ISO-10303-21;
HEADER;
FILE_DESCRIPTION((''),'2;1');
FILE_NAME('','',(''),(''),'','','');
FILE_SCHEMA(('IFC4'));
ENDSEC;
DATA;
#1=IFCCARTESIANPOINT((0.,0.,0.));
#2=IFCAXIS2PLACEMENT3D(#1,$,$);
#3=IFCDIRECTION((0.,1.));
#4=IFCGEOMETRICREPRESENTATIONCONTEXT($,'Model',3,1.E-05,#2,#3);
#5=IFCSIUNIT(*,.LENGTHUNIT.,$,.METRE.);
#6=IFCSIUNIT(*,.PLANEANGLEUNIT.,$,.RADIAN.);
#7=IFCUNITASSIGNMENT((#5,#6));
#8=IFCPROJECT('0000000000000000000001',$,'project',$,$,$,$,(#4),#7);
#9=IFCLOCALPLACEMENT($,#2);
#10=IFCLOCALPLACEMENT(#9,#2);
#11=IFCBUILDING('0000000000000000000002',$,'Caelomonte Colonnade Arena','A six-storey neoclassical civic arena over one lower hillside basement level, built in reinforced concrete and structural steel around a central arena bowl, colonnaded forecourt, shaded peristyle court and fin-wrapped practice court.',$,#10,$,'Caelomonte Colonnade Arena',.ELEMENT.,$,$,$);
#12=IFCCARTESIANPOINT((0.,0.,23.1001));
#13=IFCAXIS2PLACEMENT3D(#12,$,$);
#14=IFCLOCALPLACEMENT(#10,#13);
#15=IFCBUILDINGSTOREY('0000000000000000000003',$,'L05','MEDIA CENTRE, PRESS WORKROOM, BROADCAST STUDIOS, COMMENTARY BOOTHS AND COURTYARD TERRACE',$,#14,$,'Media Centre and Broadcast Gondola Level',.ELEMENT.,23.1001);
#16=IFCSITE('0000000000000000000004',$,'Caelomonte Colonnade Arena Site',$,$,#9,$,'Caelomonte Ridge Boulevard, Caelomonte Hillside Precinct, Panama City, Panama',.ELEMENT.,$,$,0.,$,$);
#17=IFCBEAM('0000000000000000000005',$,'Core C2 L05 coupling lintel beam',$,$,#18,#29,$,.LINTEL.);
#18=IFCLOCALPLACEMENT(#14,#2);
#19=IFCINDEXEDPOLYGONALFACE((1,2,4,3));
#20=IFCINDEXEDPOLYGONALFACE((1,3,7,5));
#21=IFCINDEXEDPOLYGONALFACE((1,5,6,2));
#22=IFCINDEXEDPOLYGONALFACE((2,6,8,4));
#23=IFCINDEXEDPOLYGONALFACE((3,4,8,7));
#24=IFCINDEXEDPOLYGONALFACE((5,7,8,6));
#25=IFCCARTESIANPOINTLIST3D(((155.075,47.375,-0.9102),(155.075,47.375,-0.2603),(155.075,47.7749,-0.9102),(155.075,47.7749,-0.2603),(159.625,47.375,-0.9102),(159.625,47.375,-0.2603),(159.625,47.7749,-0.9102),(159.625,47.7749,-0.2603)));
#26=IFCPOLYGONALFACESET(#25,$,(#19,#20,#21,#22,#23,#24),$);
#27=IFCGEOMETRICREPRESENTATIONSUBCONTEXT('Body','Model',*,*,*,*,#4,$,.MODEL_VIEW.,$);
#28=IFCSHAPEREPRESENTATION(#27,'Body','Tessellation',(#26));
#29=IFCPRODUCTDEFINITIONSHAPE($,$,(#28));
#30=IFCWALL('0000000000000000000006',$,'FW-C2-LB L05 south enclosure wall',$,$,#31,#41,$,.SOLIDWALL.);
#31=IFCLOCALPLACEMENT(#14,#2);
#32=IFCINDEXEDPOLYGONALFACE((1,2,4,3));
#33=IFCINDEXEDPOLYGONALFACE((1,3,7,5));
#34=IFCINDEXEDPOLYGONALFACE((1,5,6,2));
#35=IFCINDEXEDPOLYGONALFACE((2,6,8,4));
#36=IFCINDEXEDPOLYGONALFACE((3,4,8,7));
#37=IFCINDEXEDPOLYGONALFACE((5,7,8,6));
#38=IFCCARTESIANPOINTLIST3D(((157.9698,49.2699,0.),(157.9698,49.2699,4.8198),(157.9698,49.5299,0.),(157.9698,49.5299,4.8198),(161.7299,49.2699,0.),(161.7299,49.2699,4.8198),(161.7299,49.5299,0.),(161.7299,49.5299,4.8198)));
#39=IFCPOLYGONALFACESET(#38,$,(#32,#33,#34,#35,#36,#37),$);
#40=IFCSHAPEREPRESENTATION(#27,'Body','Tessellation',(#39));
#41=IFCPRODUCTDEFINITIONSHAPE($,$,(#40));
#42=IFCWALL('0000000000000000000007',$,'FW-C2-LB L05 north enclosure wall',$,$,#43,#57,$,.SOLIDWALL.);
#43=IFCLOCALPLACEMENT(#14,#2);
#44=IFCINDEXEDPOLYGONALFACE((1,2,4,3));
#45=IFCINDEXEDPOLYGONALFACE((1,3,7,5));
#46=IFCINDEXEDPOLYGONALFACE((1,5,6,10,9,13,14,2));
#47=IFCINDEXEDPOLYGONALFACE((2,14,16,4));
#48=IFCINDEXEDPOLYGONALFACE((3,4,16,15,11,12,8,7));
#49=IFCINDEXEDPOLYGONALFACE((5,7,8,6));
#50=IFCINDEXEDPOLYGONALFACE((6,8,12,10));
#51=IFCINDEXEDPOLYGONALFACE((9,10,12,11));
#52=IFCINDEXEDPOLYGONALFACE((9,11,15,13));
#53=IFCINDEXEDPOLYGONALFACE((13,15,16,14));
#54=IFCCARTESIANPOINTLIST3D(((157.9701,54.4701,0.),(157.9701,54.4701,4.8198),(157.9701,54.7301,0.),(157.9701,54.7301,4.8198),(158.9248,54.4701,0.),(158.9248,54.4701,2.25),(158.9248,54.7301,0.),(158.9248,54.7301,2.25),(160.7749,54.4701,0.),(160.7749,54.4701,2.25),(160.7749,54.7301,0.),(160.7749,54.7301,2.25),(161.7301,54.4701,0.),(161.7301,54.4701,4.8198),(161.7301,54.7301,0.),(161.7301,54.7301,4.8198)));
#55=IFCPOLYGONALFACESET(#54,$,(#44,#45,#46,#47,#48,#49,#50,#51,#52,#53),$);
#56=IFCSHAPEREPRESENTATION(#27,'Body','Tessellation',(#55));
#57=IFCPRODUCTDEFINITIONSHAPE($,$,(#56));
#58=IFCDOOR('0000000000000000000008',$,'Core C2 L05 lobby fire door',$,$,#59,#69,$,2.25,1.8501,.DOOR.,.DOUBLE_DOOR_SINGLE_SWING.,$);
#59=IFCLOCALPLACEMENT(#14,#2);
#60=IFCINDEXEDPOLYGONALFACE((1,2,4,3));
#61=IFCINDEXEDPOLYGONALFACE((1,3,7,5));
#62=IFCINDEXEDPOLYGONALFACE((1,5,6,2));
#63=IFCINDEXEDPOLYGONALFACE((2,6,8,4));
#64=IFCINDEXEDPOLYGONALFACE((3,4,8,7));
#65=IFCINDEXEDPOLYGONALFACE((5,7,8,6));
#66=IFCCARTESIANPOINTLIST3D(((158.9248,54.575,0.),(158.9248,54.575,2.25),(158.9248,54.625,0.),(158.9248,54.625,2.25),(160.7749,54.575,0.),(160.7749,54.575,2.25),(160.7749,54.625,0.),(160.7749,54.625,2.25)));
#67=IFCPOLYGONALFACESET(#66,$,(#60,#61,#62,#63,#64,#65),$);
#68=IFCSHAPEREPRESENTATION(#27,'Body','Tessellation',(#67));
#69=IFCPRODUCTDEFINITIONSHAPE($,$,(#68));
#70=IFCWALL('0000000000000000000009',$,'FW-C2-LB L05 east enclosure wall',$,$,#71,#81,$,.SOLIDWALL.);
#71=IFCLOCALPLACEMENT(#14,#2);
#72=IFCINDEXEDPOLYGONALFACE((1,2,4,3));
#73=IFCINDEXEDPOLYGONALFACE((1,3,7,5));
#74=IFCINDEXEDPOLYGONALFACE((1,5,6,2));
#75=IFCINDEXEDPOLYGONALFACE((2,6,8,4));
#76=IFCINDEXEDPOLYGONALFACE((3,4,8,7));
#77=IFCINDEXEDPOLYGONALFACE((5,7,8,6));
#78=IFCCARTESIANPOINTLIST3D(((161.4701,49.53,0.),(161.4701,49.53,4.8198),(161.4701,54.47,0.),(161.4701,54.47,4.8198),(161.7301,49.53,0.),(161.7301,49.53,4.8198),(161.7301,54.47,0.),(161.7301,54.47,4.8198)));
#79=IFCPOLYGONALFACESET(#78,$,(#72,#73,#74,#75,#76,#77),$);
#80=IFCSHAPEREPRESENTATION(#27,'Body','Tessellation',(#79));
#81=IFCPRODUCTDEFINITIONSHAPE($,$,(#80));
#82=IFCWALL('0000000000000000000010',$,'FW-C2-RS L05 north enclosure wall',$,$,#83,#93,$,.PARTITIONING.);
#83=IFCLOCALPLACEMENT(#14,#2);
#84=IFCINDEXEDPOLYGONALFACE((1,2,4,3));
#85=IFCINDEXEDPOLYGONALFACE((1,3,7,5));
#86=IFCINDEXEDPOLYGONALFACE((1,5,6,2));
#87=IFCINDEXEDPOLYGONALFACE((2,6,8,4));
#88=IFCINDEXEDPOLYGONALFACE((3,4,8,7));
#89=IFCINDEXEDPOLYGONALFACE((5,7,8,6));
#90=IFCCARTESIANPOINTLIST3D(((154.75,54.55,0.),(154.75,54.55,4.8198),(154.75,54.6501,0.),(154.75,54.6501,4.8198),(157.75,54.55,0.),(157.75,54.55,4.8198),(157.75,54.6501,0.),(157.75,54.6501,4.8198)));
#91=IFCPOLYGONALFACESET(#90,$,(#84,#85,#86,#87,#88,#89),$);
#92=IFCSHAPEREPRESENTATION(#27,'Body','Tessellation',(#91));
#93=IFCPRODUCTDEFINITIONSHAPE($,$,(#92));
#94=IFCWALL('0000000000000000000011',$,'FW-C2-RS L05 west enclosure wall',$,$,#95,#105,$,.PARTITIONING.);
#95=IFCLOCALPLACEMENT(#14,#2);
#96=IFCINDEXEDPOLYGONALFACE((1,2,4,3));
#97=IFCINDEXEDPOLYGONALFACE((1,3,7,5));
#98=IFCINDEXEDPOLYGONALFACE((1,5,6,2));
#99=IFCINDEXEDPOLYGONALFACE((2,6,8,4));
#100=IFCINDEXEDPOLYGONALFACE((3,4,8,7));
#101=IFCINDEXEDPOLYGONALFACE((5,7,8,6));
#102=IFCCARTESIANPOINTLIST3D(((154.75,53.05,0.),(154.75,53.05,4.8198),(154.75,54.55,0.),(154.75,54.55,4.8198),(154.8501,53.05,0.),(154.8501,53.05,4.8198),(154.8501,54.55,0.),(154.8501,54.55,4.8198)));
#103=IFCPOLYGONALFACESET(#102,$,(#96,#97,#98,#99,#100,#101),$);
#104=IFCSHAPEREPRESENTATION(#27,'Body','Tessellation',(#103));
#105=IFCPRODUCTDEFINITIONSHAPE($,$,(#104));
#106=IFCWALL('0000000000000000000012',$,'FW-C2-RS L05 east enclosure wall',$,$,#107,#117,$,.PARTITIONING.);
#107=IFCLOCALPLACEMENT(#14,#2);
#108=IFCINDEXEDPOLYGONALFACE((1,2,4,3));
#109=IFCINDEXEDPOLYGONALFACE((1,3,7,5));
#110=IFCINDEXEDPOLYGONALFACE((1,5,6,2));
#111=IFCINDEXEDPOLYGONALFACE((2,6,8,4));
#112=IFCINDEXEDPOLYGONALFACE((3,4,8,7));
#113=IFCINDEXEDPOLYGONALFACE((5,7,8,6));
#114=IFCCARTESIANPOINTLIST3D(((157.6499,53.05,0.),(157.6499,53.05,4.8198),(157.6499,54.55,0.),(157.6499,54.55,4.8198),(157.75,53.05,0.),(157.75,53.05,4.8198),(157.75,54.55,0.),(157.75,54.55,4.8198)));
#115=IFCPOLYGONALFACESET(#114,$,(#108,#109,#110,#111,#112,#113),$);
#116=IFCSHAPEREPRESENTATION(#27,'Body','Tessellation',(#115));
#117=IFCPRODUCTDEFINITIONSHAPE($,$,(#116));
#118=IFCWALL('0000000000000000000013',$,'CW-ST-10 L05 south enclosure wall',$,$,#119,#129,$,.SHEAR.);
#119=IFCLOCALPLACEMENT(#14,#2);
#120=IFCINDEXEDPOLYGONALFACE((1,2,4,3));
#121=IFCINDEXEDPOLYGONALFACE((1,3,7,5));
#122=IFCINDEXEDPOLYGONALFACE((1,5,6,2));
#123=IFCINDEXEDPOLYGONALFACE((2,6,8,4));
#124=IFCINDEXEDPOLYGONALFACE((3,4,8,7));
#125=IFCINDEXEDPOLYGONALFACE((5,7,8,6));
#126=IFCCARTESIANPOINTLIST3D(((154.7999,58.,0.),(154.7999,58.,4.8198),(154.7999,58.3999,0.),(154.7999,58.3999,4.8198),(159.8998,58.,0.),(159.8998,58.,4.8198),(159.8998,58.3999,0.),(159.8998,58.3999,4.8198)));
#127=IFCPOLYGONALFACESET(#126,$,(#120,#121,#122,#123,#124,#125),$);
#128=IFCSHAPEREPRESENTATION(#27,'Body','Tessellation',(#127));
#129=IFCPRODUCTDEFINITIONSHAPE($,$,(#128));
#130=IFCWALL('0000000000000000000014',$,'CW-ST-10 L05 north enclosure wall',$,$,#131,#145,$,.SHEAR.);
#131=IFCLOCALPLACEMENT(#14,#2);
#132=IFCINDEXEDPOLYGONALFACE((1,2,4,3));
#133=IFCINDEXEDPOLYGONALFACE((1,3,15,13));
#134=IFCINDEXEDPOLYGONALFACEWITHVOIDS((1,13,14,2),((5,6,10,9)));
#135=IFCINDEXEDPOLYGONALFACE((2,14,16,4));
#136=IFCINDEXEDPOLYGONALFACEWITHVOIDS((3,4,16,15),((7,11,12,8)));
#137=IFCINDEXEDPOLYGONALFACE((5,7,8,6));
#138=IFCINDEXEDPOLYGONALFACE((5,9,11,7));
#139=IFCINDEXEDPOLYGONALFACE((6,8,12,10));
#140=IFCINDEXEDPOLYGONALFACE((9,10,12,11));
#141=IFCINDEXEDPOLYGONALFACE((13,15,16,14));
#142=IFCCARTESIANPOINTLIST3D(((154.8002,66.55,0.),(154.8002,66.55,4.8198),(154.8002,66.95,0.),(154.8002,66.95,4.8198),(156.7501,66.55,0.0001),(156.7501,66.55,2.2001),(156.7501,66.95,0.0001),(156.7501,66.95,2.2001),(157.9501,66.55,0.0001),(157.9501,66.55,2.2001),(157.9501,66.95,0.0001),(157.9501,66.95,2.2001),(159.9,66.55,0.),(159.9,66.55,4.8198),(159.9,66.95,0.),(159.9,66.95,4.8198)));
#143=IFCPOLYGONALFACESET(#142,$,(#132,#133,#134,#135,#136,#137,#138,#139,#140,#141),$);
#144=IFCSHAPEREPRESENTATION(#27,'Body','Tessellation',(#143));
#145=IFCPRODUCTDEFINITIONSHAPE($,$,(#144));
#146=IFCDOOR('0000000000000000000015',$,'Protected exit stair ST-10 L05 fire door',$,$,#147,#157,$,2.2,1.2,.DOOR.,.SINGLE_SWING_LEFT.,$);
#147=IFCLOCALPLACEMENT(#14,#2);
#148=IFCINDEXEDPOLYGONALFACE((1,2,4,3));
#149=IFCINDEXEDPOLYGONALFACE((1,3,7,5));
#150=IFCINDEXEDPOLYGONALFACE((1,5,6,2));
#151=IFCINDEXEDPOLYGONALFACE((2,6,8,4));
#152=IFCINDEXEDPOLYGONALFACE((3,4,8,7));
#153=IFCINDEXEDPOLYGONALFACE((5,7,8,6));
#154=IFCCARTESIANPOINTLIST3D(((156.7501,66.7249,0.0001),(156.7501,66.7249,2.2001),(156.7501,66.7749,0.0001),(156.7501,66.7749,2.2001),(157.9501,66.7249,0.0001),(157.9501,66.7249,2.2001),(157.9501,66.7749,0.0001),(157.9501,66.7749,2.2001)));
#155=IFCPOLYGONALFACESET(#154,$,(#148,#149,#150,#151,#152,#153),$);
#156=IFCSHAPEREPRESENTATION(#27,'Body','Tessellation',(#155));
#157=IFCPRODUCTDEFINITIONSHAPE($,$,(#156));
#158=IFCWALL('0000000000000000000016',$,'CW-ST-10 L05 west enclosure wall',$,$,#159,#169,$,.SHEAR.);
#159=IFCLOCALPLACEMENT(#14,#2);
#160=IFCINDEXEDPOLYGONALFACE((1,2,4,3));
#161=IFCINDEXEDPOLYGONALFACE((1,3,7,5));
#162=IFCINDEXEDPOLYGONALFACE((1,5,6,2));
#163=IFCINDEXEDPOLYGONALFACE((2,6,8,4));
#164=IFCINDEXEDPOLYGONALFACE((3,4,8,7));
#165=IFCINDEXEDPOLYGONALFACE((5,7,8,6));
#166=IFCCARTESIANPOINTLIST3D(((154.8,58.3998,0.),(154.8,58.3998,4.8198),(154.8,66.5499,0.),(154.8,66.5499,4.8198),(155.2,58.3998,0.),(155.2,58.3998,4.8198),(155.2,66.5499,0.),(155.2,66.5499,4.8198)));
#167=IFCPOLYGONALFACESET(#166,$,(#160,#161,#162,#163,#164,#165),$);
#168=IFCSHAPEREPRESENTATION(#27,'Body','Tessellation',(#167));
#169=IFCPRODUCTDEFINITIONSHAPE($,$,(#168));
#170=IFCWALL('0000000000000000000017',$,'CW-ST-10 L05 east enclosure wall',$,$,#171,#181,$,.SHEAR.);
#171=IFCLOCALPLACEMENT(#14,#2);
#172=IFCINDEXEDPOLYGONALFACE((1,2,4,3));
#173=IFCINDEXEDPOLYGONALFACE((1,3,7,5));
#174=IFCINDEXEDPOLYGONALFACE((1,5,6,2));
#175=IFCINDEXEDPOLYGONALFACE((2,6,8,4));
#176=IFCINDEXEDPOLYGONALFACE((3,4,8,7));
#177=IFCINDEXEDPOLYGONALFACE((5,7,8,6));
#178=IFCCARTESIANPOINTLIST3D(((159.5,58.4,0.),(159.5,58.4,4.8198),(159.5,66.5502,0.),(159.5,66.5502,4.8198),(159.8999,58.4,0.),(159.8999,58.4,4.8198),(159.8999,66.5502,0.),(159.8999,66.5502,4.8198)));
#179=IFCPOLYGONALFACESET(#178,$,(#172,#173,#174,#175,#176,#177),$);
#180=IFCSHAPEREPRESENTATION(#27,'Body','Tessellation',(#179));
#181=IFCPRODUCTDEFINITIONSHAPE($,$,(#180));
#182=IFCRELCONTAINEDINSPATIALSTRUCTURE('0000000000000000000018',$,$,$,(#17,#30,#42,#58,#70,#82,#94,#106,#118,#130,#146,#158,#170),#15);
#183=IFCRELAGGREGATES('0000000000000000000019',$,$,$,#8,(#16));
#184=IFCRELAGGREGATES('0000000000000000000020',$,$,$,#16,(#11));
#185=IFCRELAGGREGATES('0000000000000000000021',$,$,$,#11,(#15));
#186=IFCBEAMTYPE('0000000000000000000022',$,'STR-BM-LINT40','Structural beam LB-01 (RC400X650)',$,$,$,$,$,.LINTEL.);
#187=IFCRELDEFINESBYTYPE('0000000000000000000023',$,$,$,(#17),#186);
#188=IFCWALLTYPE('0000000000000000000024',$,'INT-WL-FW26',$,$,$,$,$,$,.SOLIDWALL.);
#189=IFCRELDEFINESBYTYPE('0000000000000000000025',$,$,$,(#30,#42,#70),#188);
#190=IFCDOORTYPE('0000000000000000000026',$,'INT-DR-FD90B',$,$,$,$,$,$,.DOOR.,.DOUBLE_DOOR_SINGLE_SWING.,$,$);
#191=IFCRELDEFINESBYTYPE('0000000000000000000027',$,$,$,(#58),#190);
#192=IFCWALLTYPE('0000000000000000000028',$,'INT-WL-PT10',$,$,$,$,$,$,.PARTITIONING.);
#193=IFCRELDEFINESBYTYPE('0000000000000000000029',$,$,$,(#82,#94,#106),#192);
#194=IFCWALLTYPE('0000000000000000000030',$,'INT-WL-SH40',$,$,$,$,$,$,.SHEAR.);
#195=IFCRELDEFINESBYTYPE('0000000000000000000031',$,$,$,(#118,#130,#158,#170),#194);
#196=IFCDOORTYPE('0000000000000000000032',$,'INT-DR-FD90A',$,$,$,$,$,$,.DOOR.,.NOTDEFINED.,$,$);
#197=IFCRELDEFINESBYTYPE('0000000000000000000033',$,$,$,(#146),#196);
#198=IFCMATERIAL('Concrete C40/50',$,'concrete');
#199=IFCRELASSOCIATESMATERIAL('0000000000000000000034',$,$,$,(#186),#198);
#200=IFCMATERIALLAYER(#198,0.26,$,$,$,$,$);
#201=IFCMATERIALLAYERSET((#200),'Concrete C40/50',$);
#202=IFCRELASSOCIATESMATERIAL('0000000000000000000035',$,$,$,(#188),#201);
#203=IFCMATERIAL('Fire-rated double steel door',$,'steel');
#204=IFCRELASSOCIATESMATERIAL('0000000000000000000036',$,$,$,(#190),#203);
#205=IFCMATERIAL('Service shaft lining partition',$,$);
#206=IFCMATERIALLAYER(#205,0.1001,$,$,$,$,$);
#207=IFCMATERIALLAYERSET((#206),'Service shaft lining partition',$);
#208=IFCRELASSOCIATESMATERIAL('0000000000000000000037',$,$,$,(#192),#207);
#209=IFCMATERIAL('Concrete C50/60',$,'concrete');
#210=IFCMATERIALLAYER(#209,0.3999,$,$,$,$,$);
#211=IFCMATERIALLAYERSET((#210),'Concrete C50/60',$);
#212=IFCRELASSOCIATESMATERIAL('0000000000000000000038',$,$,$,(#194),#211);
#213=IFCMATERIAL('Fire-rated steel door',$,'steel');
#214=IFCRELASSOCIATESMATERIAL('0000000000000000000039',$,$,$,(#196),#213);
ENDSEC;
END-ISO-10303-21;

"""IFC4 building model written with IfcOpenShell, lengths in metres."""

from ifc_helpers import new_model, si_unit, direction, frame, frame_2d, origin, origin_2d, place, context, subcontext, project, spatial, rectangle, extrude, material, layer, layer_set, material_profile, profile_set, type_object, element, fill, save


model = new_model("IFC4")

# Units and contexts
model_context = context("Model", 3, precision=1e-05, world=origin(), true_north=direction((0.0, 1.0)))
body_context = subcontext(model_context, "Body", "Model", "MODEL_VIEW")
ifc_project = project(units=[si_unit("LENGTHUNIT", "METRE"), si_unit("PLANEANGLEUNIT", "RADIAN")], contexts=[model_context])

# Site, building, storey
site_placement = place(None, origin())
site = spatial("IfcSite", under=ifc_project, at=site_placement, Name="Caelomonte Colonnade Arena Site", LongName="Caelomonte Ridge Boulevard, Caelomonte Hillside Precinct, Panama City, Panama", CompositionType="ELEMENT", RefElevation=0.0)
building_placement = place(site_placement, origin())
building = spatial("IfcBuilding", under=site, at=building_placement, Name="Caelomonte Colonnade Arena", Description="A six-storey neoclassical civic arena over one lower hillside basement level, built in reinforced concrete and structural steel around a central arena bowl, colonnaded forecourt, shaded peristyle court and fin-wrapped practice court.", LongName="Caelomonte Colonnade Arena", CompositionType="ELEMENT")
storey_placement = place(building_placement, frame((0.0, 0.0, 23.1001)))
storey = spatial("IfcBuildingStorey", under=building, at=storey_placement, Name="L05", Description="MEDIA CENTRE, PRESS WORKROOM, BROADCAST STUDIOS, COMMENTARY BOOTHS AND COURTYARD TERRACE", LongName="Media Centre and Broadcast Gondola Level", CompositionType="ELEMENT", Elevation=23.1001)

# Beam
ifc_material_1 = material(Name="Concrete C40/50", Category="concrete")
ifc_material_profile_1 = material_profile(ifc_material_1, rectangle(XDim=0.3999, YDim=0.6499, at=origin_2d()), Name="RC400X650")
ifc_profile_set_1 = profile_set([ifc_material_profile_1], Name="Concrete C40/50")
beam_type_1 = type_object("IfcBeamType", Name="STR-BM-LINT40", Description="Structural beam LB-01 (RC400X650)", PredefinedType="LINTEL", material=ifc_profile_set_1)
beam_1_placement = place(storey_placement, frame((155.075, 47.575, -0.5852), z_axis=(1.0, 0.0, 0.0), x_axis=(0.0, 1.0, 0.0)))
element("IfcBeam", 1, at=beam_1_placement, inside=storey, type_object=beam_type_1, Name="Core C2 L05 coupling lintel beam", PredefinedType="LINTEL", context=body_context, shape_type="SweptSolid", body=[
    extrude(rectangle(XDim=0.3999, YDim=0.6499, at=origin_2d()), origin(), (0.0, 0.0, 1.0), 4.55),
])

# Wall
ifc_layer_1 = layer(ifc_material_1, 0.26)
ifc_layer_set_1 = layer_set([ifc_layer_1], Name="Concrete C40/50")
wall_type_1 = type_object("IfcWallType", Name="INT-WL-FW26", PredefinedType="SOLIDWALL", material=ifc_layer_set_1)
wall_1_placement = place(storey_placement, frame((157.97, 49.3999, 0.0), z_axis=(0.0, 0.0, 1.0), x_axis=(1.0, 0.0, 0.0)))
element("IfcWall", 2, at=wall_1_placement, inside=storey, type_object=wall_type_1, Name="FW-C2-LB L05 south enclosure wall", PredefinedType="SOLIDWALL", context=body_context, shape_type="SweptSolid", body=[
    extrude(rectangle(XDim=3.76, YDim=0.26, at=frame_2d((1.8799, 0.0))), origin(), (0.0, 0.0, 1.0), 4.8198),
])

# Wall, opening, door
wall_2_placement = place(storey_placement, frame((161.73, 54.6001, 0.0), z_axis=(0.0, 0.0, 1.0), x_axis=(-1.0, 0.0, 0.0)))
wall_2 = element("IfcWall", 3, at=wall_2_placement, inside=storey, type_object=wall_type_1, Name="FW-C2-LB L05 north enclosure wall", PredefinedType="SOLIDWALL", context=body_context, shape_type="SweptSolid", body=[
    extrude(rectangle(XDim=3.76, YDim=0.26, at=frame_2d((1.8799, 0.0))), origin(), (0.0, 0.0, 1.0), 4.8198),
])
opening_1_placement = place(wall_2_placement, frame((2.8052, 0.0, 0.0), z_axis=(0.0, 0.0, 1.0), x_axis=(-1.0, 0.0, 0.0)))
opening_1 = element("IfcOpeningElement", 4, at=opening_1_placement, cuts=wall_2, PredefinedType="OPENING", context=body_context, shape_type="SweptSolid", body=[
    extrude(rectangle(XDim=1.8501, YDim=2.25, at=frame_2d((0.925, 1.125))), frame((0.0, 0.1399, 0.0), z_axis=(0.0, -1.0, 0.0), x_axis=(1.0, 0.0, 0.0)), (0.0, 0.0, 1.0), 0.28),
])
ifc_material_2 = material(Name="Fire-rated double steel door", Category="steel")
door_type_1 = type_object("IfcDoorType", Name="INT-DR-FD90B", OperationType="DOUBLE_DOOR_SINGLE_SWING", PredefinedType="DOOR", material=ifc_material_2)
door_1_placement = place(opening_1_placement, origin())
door_1 = element("IfcDoor", 5, at=door_1_placement, inside=storey, type_object=door_type_1, Name="Core C2 L05 lobby fire door", OperationType="DOUBLE_DOOR_SINGLE_SWING", OverallHeight=2.25, OverallWidth=1.8501, PredefinedType="DOOR", context=body_context, shape_type="SweptSolid", body=[
    extrude(rectangle(XDim=1.8501, YDim=2.25, at=frame_2d((0.925, 1.125))), frame((0.0, 0.0249, 0.0), z_axis=(0.0, -1.0, 0.0), x_axis=(1.0, 0.0, 0.0)), (0.0, 0.0, 1.0), 0.05),
])
fill(opening_1, door_1)

# Walls
wall_3_placement = place(storey_placement, frame((161.6001, 49.53, 0.0), z_axis=(0.0, 0.0, 1.0), x_axis=(0.0, 1.0, 0.0)))
element("IfcWall", 6, at=wall_3_placement, inside=storey, type_object=wall_type_1, Name="FW-C2-LB L05 east enclosure wall", PredefinedType="SOLIDWALL", context=body_context, shape_type="SweptSolid", body=[
    extrude(rectangle(XDim=4.9399, YDim=0.26, at=frame_2d((2.47, 0.0))), origin(), (0.0, 0.0, 1.0), 4.8198),
])
ifc_material_3 = material(Name="Service shaft lining partition")
ifc_layer_2 = layer(ifc_material_3, 0.1001)
ifc_layer_set_2 = layer_set([ifc_layer_2], Name="Service shaft lining partition")
wall_type_2 = type_object("IfcWallType", Name="INT-WL-PT10", PredefinedType="PARTITIONING", material=ifc_layer_set_2)
wall_4_placement = place(storey_placement, frame((157.75, 54.6001, 0.0), z_axis=(0.0, 0.0, 1.0), x_axis=(-1.0, 0.0, 0.0)))
element("IfcWall", 7, at=wall_4_placement, inside=storey, type_object=wall_type_2, Name="FW-C2-RS L05 north enclosure wall", PredefinedType="PARTITIONING", context=body_context, shape_type="SweptSolid", body=[
    extrude(rectangle(XDim=3.0, YDim=0.1001, at=frame_2d((1.5, 0.0))), origin(), (0.0, 0.0, 1.0), 4.8198),
])
for number, where, z_axis, x_axis, name in (
    (8, (154.8, 54.55, 0.0), (0.0, 0.0, 1.0), (0.0, -1.0, 0.0), "FW-C2-RS L05 west enclosure wall"),
    (9, (157.7, 53.05, 0.0), (0.0, 0.0, 1.0), (0.0, 1.0, 0.0), "FW-C2-RS L05 east enclosure wall"),
):
    element("IfcWall", number, at=place(storey_placement, frame(where, z_axis=z_axis, x_axis=x_axis)), inside=storey, type_object=wall_type_2, Name=name, PredefinedType="PARTITIONING", context=body_context, shape_type="SweptSolid", body=[
        extrude(rectangle(XDim=1.5, YDim=0.1001, at=frame_2d((0.75, 0.0))), origin(), (0.0, 0.0, 1.0), 4.8198),
    ])
ifc_material_4 = material(Name="Concrete C50/60", Category="concrete")
ifc_layer_3 = layer(ifc_material_4, 0.3999)
ifc_layer_set_3 = layer_set([ifc_layer_3], Name="Concrete C50/60")
wall_type_3 = type_object("IfcWallType", Name="INT-WL-SH40", PredefinedType="SHEAR", material=ifc_layer_set_3)
wall_5_placement = place(storey_placement, frame((154.8, 58.2, 0.0), z_axis=(0.0, 0.0, 1.0), x_axis=(1.0, 0.0, 0.0)))
element("IfcWall", 10, at=wall_5_placement, inside=storey, type_object=wall_type_3, Name="CW-ST-10 L05 south enclosure wall", PredefinedType="SHEAR", context=body_context, shape_type="SweptSolid", body=[
    extrude(rectangle(XDim=5.0999, YDim=0.3999, at=frame_2d((2.5498, 0.0))), origin(), (0.0, 0.0, 1.0), 4.8198),
])

# Wall, opening, door
wall_6_placement = place(storey_placement, frame((159.8999, 66.75, 0.0), z_axis=(0.0, 0.0, 1.0), x_axis=(-1.0, 0.0, 0.0)))
wall_6 = element("IfcWall", 11, at=wall_6_placement, inside=storey, type_object=wall_type_3, Name="CW-ST-10 L05 north enclosure wall", PredefinedType="SHEAR", context=body_context, shape_type="SweptSolid", body=[
    extrude(rectangle(XDim=5.0999, YDim=0.3999, at=frame_2d((2.5498, 0.0))), origin(), (0.0, 0.0, 1.0), 4.8198),
])
opening_2_placement = place(wall_6_placement, frame((3.1499, 0.0, 0.0), z_axis=(0.0, 0.0, 1.0), x_axis=(-1.0, 0.0, 0.0)))
opening_2 = element("IfcOpeningElement", 12, at=opening_2_placement, cuts=wall_6, PredefinedType="OPENING", context=body_context, shape_type="SweptSolid", body=[
    extrude(rectangle(XDim=1.2, YDim=2.2, at=frame_2d((0.6001, 1.1001))), frame((0.0, 0.21, 0.0), z_axis=(0.0, -1.0, 0.0), x_axis=(1.0, 0.0, 0.0)), (0.0, 0.0, 1.0), 0.4199),
])
ifc_material_5 = material(Name="Fire-rated steel door", Category="steel")
door_type_2 = type_object("IfcDoorType", Name="INT-DR-FD90A", OperationType="NOTDEFINED", PredefinedType="DOOR", material=ifc_material_5)
door_2_placement = place(opening_2_placement, origin())
door_2 = element("IfcDoor", 13, at=door_2_placement, inside=storey, type_object=door_type_2, Name="Protected exit stair ST-10 L05 fire door", OperationType="SINGLE_SWING_LEFT", OverallHeight=2.2, OverallWidth=1.2, PredefinedType="DOOR", context=body_context, shape_type="SweptSolid", body=[
    extrude(rectangle(XDim=1.2, YDim=2.2, at=frame_2d((0.6001, 1.1001))), frame((0.0, 0.0249, 0.0), z_axis=(0.0, -1.0, 0.0), x_axis=(1.0, 0.0, 0.0)), (0.0, 0.0, 1.0), 0.05),
])
fill(opening_2, door_2)

# Walls
for number, where, z_axis, x_axis, name in (
    (14, (155.0, 66.55, 0.0), (0.0, 0.0, 1.0), (0.0, -1.0, 0.0), "CW-ST-10 L05 west enclosure wall"),
    (15, (159.7, 58.3999, 0.0), (0.0, 0.0, 1.0), (0.0, 1.0, 0.0), "CW-ST-10 L05 east enclosure wall"),
):
    element("IfcWall", number, at=place(storey_placement, frame(where, z_axis=z_axis, x_axis=x_axis)), inside=storey, type_object=wall_type_3, Name=name, PredefinedType="SHEAR", context=body_context, shape_type="SweptSolid", body=[
        extrude(rectangle(XDim=8.1501, YDim=0.3999, at=frame_2d((4.0752, 0.0))), origin(), (0.0, 0.0, 1.0), 4.8198),
    ])

save(model, "model.ifc")
